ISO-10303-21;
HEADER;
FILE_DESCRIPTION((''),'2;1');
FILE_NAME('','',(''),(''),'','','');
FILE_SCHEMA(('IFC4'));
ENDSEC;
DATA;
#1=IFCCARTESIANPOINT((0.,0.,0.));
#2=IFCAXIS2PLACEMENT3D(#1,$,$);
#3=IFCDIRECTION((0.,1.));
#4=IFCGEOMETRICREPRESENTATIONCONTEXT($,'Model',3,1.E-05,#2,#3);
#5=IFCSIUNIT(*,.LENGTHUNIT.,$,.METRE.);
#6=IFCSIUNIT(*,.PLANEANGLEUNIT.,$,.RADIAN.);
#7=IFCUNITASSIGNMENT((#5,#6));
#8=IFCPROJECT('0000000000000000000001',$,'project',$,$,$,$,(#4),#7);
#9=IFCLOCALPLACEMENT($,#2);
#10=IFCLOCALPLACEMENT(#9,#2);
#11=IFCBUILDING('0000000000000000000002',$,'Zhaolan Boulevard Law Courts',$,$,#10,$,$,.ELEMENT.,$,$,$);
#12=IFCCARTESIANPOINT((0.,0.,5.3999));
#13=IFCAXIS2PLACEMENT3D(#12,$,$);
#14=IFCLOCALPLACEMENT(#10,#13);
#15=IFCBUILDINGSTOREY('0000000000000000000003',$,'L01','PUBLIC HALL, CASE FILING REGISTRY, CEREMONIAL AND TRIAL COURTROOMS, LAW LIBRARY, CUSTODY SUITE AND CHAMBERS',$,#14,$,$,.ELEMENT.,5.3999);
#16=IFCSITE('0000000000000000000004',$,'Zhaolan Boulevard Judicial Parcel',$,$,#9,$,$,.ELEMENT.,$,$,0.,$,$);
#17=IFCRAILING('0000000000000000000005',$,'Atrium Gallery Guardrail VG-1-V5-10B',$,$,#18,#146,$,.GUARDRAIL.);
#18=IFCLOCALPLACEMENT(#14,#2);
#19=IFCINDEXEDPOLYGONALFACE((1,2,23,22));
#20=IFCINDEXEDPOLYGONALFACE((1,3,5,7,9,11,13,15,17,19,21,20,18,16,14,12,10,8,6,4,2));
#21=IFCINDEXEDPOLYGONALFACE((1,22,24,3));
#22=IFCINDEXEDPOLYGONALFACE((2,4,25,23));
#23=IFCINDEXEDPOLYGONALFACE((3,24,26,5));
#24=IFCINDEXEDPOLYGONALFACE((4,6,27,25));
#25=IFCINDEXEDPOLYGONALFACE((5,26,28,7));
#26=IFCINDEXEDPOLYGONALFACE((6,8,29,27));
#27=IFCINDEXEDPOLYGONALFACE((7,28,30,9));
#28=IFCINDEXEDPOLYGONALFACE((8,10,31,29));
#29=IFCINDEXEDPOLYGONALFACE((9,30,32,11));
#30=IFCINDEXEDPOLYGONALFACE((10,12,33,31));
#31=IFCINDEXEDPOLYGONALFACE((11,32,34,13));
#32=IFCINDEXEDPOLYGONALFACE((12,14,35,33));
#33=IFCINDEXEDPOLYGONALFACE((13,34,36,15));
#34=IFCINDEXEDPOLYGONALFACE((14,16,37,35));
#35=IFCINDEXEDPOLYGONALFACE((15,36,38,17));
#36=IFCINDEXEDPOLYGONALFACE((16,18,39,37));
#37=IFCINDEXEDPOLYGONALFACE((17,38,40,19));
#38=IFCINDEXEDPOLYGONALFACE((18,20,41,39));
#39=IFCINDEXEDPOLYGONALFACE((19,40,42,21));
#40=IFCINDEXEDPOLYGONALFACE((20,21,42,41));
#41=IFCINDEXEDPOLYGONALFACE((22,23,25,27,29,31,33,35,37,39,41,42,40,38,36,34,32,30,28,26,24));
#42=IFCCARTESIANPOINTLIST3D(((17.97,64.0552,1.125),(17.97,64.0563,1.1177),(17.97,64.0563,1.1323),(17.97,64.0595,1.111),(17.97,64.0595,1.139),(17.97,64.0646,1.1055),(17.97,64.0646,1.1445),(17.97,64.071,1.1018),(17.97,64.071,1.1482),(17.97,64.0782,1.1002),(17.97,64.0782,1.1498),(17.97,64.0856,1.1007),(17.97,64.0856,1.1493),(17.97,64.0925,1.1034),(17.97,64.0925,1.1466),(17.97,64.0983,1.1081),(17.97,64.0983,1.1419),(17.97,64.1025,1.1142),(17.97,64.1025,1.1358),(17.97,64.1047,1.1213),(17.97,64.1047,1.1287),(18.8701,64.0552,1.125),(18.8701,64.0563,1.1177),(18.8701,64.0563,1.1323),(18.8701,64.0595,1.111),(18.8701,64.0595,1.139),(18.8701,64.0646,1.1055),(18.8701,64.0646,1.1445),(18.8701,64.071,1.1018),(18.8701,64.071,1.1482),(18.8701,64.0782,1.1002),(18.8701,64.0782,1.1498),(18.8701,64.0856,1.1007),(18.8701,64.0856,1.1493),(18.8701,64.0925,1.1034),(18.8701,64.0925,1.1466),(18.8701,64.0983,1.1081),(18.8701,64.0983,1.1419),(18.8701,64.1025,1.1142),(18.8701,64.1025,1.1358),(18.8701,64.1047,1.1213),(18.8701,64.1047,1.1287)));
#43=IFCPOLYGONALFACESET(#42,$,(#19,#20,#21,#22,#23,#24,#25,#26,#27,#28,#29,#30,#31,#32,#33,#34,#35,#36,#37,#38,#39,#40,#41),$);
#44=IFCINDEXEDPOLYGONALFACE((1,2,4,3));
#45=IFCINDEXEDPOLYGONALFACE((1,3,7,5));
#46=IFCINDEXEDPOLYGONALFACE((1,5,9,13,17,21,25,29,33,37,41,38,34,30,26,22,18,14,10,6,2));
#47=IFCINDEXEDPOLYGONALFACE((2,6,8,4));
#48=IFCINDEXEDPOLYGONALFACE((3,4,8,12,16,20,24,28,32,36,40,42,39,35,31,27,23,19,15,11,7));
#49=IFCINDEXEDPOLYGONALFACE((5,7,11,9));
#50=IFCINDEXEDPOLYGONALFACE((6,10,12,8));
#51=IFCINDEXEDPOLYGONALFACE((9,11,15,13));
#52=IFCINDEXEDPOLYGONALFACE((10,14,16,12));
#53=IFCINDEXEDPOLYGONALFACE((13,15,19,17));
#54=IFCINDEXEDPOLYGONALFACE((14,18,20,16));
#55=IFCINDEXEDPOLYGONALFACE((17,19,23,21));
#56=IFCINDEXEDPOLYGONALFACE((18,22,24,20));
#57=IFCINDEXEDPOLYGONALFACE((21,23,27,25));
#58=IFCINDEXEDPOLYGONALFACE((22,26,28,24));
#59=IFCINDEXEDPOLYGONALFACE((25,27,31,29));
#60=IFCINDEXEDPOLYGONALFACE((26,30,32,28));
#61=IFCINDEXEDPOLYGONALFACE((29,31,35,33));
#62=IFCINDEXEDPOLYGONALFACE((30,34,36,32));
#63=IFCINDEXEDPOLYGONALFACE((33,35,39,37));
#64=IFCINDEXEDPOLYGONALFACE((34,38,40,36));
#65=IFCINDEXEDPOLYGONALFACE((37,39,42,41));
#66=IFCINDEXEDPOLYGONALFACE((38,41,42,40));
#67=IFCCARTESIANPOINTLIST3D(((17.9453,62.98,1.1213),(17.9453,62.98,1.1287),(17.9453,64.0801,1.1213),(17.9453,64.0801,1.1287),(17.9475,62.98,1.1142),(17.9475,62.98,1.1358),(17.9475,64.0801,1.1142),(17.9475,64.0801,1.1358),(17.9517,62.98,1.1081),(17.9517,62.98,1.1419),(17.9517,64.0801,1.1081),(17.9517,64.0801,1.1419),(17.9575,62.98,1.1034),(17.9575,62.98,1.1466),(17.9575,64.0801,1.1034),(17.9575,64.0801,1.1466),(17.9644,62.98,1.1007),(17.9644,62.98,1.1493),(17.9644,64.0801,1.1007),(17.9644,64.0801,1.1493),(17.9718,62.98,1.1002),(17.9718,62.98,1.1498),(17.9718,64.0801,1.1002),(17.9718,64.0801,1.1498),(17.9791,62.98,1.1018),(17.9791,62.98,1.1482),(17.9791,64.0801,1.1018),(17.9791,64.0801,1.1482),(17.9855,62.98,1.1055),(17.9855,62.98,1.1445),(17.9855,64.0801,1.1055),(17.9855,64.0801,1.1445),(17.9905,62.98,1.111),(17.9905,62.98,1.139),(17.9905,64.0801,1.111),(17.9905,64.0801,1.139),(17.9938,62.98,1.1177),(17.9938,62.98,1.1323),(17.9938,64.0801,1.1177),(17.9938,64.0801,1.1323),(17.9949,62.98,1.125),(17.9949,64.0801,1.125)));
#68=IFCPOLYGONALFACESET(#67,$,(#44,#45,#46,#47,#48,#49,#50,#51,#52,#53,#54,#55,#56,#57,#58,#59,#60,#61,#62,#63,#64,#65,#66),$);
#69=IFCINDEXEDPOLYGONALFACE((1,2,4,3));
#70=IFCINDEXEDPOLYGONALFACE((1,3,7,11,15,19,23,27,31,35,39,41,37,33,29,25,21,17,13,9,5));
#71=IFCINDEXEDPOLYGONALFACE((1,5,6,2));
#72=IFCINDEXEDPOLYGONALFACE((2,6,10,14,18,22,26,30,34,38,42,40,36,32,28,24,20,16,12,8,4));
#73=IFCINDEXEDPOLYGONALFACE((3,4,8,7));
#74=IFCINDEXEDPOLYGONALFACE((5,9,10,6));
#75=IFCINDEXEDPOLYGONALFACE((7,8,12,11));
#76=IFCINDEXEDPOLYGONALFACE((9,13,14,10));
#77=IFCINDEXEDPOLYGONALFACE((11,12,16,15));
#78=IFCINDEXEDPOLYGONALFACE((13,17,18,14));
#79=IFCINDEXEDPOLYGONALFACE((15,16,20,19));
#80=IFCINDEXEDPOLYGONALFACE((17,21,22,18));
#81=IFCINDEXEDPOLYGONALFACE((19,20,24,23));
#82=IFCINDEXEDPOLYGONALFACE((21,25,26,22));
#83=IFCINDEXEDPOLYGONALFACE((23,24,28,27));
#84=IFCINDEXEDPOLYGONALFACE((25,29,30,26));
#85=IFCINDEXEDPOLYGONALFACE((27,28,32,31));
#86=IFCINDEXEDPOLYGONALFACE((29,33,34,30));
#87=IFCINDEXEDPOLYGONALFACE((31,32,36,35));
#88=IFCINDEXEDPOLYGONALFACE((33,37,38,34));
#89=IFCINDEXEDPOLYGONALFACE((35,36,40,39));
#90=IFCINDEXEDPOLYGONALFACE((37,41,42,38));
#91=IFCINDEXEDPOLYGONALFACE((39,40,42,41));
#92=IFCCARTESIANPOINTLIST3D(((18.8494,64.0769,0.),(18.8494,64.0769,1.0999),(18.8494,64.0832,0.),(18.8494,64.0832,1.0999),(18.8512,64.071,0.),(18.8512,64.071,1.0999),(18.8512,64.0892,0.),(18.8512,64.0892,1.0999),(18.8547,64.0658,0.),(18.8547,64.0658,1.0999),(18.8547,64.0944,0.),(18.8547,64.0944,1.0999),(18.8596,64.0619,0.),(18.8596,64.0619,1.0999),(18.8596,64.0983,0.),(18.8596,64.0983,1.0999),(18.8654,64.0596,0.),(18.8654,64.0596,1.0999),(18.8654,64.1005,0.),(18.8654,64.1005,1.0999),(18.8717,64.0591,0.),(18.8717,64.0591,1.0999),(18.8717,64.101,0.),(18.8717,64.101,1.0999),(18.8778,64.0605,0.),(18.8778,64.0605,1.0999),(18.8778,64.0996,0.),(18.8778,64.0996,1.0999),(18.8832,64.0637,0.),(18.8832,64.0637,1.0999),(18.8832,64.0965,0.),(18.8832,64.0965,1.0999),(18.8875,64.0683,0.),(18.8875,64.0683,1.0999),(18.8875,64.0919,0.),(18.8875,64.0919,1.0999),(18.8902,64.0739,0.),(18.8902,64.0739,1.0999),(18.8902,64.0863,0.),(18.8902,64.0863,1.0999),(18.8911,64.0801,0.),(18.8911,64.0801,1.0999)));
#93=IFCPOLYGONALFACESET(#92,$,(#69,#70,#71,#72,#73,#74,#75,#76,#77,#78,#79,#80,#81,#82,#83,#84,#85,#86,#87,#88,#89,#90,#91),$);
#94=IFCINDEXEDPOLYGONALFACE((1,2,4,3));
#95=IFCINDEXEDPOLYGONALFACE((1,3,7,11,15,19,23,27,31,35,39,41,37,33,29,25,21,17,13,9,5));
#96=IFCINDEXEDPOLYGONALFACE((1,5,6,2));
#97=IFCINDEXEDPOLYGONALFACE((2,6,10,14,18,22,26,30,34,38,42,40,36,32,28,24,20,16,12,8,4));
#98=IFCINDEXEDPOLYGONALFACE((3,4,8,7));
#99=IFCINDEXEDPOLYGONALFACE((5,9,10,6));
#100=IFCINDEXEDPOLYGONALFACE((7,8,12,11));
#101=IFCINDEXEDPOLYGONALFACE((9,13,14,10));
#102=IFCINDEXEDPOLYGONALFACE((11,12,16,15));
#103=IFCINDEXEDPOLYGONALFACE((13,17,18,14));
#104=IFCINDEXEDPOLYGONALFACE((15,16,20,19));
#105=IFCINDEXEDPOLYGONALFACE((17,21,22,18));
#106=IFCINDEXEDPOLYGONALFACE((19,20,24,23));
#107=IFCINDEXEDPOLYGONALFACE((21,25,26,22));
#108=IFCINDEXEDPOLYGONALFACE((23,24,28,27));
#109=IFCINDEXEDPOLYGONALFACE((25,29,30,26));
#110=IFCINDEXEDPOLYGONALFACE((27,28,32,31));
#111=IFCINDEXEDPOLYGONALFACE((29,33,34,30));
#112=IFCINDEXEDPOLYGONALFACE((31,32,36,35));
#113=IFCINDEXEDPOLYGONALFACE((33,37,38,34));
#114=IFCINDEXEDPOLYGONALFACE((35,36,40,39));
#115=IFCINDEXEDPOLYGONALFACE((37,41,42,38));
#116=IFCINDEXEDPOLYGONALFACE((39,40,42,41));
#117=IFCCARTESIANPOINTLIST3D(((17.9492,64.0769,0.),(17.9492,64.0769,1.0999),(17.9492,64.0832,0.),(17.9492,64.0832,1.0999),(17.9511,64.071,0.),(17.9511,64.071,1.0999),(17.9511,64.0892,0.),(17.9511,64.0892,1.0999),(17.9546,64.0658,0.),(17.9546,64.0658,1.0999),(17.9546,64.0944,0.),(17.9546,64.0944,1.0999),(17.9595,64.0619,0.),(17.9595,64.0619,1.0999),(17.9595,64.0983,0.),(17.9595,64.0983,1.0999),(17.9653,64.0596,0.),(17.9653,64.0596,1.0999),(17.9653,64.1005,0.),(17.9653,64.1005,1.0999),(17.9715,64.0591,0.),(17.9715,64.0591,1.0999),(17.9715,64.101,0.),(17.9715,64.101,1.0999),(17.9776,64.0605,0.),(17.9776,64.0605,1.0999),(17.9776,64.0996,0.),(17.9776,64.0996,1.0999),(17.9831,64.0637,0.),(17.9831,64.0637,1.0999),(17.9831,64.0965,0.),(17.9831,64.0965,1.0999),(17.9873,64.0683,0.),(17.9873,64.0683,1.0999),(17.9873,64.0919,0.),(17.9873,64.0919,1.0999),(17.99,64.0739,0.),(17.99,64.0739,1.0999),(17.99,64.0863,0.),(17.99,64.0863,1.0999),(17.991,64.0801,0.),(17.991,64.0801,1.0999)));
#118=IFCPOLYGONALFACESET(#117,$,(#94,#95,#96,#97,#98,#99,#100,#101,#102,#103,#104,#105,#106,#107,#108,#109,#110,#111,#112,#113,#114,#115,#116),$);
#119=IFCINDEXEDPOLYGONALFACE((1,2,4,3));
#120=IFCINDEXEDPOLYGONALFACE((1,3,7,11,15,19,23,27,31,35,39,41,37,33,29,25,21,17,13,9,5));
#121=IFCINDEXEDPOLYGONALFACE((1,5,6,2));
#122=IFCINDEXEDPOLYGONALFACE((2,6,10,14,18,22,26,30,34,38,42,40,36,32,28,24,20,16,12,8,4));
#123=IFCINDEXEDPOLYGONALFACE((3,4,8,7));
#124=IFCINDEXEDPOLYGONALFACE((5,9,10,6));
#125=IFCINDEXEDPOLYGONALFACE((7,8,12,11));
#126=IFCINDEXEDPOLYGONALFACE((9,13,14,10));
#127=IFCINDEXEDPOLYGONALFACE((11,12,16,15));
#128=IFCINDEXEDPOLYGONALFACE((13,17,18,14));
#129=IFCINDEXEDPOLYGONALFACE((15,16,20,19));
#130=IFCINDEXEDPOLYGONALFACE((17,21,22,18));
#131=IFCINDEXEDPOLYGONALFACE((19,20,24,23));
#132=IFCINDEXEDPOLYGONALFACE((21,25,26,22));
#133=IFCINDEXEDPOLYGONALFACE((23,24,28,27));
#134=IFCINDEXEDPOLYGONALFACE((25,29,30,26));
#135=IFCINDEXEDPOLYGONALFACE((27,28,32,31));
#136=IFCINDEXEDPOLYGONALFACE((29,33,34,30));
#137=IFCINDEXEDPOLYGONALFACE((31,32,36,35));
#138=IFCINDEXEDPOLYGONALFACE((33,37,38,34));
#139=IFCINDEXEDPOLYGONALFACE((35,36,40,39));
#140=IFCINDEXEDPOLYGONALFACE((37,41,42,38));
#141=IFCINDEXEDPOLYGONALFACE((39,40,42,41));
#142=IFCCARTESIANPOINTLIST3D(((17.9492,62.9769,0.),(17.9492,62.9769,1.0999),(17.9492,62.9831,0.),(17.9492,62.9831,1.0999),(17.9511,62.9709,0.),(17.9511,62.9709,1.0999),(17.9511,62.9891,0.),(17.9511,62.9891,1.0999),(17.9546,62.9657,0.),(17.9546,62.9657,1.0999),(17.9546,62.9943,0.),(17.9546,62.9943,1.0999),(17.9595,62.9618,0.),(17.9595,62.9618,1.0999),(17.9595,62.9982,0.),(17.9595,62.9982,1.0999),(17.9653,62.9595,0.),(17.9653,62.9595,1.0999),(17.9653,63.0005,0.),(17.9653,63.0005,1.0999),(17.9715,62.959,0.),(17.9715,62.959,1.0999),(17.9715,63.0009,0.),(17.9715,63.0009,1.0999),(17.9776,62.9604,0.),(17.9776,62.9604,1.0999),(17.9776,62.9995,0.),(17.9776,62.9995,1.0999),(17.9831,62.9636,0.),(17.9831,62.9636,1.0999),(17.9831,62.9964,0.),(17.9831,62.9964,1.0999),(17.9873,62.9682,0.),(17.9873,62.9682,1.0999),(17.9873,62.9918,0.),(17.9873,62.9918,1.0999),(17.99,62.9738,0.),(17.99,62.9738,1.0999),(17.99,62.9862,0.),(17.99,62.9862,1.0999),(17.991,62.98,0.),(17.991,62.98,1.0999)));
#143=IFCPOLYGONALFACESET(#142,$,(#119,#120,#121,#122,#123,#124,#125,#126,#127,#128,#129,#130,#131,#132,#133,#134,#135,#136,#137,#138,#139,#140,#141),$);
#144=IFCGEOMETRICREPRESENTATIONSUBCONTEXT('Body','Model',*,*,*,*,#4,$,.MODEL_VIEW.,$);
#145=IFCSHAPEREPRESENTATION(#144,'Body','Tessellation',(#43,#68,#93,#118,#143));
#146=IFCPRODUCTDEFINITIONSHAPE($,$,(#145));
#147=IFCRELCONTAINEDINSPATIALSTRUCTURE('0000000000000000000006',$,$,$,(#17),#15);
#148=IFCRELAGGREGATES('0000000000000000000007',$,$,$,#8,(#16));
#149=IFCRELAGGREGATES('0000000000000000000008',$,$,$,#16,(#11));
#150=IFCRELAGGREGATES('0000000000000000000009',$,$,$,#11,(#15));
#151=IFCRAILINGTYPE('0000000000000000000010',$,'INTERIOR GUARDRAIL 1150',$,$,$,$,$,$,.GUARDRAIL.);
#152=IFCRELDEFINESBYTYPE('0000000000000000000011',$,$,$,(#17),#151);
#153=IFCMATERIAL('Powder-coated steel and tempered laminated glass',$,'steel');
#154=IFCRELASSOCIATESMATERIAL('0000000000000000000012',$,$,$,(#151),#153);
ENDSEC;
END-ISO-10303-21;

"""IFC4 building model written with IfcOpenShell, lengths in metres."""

from ifc_helpers import new_model, si_unit, direction, frame, origin, origin_2d, place, context, subcontext, project, spatial, circle, extrude, material, type_object, element, save


model = new_model("IFC4")

# Units and contexts
model_context = context("Model", 3, precision=1e-05, world=origin(), true_north=direction((0.0, 1.0)))
body_context = subcontext(model_context, "Body", "Model", "MODEL_VIEW")
ifc_project = project(units=[si_unit("LENGTHUNIT", "METRE"), si_unit("PLANEANGLEUNIT", "RADIAN")], contexts=[model_context])

# Site, building, storey
site_placement = place(None, origin())
site = spatial("IfcSite", under=ifc_project, at=site_placement, Name="Zhaolan Boulevard Judicial Parcel", CompositionType="ELEMENT", RefElevation=0.0)
building_placement = place(site_placement, origin())
building = spatial("IfcBuilding", under=site, at=building_placement, Name="Zhaolan Boulevard Law Courts", CompositionType="ELEMENT")
storey_placement = place(building_placement, frame((0.0, 0.0, 5.3999)))
storey = spatial("IfcBuildingStorey", under=building, at=storey_placement, Name="L01", Description="PUBLIC HALL, CASE FILING REGISTRY, CEREMONIAL AND TRIAL COURTROOMS, LAW LIBRARY, CUSTODY SUITE AND CHAMBERS", CompositionType="ELEMENT", Elevation=5.3999)

# Railing
ifc_material_1 = material(Name="Powder-coated steel and tempered laminated glass", Category="steel")
railing_type_1 = type_object("IfcRailingType", Name="INTERIOR GUARDRAIL 1150", PredefinedType="GUARDRAIL", material=ifc_material_1)
railing_1_placement = place(storey_placement, frame((18.8701, 64.0801, 0.0)))
element("IfcRailing", 1, at=railing_1_placement, inside=storey, type_object=railing_type_1, Name="Atrium Gallery Guardrail VG-1-V5-10B", PredefinedType="GUARDRAIL", context=body_context, shape_type="SweptSolid", body=[
    extrude(circle(Radius=0.0249, at=origin_2d()), frame((0.0, 0.0, 1.125), z_axis=(-1.0, 0.0, 0.0), x_axis=(0.0, -1.0, 0.0)), (0.0, 0.0, 1.0), 0.9001),
    extrude(circle(Radius=0.0249, at=origin_2d()), frame((-0.9001, 0.0, 1.125), z_axis=(0.0, -1.0, 0.0), x_axis=(1.0, 0.0, 0.0)), (0.0, 0.0, 1.0), 1.1001),
    extrude(circle(Radius=0.021, at=origin_2d()), origin(), (0.0, 0.0, 1.0), 1.0999),
    extrude(circle(Radius=0.021, at=origin_2d()), frame((-0.9001, 0.0, 0.0)), (0.0, 0.0, 1.0), 1.0999),
    extrude(circle(Radius=0.021, at=origin_2d()), frame((-0.9001, -1.1001, 0.0)), (0.0, 0.0, 1.0), 1.0999),
])

save(model, "model.ifc")
